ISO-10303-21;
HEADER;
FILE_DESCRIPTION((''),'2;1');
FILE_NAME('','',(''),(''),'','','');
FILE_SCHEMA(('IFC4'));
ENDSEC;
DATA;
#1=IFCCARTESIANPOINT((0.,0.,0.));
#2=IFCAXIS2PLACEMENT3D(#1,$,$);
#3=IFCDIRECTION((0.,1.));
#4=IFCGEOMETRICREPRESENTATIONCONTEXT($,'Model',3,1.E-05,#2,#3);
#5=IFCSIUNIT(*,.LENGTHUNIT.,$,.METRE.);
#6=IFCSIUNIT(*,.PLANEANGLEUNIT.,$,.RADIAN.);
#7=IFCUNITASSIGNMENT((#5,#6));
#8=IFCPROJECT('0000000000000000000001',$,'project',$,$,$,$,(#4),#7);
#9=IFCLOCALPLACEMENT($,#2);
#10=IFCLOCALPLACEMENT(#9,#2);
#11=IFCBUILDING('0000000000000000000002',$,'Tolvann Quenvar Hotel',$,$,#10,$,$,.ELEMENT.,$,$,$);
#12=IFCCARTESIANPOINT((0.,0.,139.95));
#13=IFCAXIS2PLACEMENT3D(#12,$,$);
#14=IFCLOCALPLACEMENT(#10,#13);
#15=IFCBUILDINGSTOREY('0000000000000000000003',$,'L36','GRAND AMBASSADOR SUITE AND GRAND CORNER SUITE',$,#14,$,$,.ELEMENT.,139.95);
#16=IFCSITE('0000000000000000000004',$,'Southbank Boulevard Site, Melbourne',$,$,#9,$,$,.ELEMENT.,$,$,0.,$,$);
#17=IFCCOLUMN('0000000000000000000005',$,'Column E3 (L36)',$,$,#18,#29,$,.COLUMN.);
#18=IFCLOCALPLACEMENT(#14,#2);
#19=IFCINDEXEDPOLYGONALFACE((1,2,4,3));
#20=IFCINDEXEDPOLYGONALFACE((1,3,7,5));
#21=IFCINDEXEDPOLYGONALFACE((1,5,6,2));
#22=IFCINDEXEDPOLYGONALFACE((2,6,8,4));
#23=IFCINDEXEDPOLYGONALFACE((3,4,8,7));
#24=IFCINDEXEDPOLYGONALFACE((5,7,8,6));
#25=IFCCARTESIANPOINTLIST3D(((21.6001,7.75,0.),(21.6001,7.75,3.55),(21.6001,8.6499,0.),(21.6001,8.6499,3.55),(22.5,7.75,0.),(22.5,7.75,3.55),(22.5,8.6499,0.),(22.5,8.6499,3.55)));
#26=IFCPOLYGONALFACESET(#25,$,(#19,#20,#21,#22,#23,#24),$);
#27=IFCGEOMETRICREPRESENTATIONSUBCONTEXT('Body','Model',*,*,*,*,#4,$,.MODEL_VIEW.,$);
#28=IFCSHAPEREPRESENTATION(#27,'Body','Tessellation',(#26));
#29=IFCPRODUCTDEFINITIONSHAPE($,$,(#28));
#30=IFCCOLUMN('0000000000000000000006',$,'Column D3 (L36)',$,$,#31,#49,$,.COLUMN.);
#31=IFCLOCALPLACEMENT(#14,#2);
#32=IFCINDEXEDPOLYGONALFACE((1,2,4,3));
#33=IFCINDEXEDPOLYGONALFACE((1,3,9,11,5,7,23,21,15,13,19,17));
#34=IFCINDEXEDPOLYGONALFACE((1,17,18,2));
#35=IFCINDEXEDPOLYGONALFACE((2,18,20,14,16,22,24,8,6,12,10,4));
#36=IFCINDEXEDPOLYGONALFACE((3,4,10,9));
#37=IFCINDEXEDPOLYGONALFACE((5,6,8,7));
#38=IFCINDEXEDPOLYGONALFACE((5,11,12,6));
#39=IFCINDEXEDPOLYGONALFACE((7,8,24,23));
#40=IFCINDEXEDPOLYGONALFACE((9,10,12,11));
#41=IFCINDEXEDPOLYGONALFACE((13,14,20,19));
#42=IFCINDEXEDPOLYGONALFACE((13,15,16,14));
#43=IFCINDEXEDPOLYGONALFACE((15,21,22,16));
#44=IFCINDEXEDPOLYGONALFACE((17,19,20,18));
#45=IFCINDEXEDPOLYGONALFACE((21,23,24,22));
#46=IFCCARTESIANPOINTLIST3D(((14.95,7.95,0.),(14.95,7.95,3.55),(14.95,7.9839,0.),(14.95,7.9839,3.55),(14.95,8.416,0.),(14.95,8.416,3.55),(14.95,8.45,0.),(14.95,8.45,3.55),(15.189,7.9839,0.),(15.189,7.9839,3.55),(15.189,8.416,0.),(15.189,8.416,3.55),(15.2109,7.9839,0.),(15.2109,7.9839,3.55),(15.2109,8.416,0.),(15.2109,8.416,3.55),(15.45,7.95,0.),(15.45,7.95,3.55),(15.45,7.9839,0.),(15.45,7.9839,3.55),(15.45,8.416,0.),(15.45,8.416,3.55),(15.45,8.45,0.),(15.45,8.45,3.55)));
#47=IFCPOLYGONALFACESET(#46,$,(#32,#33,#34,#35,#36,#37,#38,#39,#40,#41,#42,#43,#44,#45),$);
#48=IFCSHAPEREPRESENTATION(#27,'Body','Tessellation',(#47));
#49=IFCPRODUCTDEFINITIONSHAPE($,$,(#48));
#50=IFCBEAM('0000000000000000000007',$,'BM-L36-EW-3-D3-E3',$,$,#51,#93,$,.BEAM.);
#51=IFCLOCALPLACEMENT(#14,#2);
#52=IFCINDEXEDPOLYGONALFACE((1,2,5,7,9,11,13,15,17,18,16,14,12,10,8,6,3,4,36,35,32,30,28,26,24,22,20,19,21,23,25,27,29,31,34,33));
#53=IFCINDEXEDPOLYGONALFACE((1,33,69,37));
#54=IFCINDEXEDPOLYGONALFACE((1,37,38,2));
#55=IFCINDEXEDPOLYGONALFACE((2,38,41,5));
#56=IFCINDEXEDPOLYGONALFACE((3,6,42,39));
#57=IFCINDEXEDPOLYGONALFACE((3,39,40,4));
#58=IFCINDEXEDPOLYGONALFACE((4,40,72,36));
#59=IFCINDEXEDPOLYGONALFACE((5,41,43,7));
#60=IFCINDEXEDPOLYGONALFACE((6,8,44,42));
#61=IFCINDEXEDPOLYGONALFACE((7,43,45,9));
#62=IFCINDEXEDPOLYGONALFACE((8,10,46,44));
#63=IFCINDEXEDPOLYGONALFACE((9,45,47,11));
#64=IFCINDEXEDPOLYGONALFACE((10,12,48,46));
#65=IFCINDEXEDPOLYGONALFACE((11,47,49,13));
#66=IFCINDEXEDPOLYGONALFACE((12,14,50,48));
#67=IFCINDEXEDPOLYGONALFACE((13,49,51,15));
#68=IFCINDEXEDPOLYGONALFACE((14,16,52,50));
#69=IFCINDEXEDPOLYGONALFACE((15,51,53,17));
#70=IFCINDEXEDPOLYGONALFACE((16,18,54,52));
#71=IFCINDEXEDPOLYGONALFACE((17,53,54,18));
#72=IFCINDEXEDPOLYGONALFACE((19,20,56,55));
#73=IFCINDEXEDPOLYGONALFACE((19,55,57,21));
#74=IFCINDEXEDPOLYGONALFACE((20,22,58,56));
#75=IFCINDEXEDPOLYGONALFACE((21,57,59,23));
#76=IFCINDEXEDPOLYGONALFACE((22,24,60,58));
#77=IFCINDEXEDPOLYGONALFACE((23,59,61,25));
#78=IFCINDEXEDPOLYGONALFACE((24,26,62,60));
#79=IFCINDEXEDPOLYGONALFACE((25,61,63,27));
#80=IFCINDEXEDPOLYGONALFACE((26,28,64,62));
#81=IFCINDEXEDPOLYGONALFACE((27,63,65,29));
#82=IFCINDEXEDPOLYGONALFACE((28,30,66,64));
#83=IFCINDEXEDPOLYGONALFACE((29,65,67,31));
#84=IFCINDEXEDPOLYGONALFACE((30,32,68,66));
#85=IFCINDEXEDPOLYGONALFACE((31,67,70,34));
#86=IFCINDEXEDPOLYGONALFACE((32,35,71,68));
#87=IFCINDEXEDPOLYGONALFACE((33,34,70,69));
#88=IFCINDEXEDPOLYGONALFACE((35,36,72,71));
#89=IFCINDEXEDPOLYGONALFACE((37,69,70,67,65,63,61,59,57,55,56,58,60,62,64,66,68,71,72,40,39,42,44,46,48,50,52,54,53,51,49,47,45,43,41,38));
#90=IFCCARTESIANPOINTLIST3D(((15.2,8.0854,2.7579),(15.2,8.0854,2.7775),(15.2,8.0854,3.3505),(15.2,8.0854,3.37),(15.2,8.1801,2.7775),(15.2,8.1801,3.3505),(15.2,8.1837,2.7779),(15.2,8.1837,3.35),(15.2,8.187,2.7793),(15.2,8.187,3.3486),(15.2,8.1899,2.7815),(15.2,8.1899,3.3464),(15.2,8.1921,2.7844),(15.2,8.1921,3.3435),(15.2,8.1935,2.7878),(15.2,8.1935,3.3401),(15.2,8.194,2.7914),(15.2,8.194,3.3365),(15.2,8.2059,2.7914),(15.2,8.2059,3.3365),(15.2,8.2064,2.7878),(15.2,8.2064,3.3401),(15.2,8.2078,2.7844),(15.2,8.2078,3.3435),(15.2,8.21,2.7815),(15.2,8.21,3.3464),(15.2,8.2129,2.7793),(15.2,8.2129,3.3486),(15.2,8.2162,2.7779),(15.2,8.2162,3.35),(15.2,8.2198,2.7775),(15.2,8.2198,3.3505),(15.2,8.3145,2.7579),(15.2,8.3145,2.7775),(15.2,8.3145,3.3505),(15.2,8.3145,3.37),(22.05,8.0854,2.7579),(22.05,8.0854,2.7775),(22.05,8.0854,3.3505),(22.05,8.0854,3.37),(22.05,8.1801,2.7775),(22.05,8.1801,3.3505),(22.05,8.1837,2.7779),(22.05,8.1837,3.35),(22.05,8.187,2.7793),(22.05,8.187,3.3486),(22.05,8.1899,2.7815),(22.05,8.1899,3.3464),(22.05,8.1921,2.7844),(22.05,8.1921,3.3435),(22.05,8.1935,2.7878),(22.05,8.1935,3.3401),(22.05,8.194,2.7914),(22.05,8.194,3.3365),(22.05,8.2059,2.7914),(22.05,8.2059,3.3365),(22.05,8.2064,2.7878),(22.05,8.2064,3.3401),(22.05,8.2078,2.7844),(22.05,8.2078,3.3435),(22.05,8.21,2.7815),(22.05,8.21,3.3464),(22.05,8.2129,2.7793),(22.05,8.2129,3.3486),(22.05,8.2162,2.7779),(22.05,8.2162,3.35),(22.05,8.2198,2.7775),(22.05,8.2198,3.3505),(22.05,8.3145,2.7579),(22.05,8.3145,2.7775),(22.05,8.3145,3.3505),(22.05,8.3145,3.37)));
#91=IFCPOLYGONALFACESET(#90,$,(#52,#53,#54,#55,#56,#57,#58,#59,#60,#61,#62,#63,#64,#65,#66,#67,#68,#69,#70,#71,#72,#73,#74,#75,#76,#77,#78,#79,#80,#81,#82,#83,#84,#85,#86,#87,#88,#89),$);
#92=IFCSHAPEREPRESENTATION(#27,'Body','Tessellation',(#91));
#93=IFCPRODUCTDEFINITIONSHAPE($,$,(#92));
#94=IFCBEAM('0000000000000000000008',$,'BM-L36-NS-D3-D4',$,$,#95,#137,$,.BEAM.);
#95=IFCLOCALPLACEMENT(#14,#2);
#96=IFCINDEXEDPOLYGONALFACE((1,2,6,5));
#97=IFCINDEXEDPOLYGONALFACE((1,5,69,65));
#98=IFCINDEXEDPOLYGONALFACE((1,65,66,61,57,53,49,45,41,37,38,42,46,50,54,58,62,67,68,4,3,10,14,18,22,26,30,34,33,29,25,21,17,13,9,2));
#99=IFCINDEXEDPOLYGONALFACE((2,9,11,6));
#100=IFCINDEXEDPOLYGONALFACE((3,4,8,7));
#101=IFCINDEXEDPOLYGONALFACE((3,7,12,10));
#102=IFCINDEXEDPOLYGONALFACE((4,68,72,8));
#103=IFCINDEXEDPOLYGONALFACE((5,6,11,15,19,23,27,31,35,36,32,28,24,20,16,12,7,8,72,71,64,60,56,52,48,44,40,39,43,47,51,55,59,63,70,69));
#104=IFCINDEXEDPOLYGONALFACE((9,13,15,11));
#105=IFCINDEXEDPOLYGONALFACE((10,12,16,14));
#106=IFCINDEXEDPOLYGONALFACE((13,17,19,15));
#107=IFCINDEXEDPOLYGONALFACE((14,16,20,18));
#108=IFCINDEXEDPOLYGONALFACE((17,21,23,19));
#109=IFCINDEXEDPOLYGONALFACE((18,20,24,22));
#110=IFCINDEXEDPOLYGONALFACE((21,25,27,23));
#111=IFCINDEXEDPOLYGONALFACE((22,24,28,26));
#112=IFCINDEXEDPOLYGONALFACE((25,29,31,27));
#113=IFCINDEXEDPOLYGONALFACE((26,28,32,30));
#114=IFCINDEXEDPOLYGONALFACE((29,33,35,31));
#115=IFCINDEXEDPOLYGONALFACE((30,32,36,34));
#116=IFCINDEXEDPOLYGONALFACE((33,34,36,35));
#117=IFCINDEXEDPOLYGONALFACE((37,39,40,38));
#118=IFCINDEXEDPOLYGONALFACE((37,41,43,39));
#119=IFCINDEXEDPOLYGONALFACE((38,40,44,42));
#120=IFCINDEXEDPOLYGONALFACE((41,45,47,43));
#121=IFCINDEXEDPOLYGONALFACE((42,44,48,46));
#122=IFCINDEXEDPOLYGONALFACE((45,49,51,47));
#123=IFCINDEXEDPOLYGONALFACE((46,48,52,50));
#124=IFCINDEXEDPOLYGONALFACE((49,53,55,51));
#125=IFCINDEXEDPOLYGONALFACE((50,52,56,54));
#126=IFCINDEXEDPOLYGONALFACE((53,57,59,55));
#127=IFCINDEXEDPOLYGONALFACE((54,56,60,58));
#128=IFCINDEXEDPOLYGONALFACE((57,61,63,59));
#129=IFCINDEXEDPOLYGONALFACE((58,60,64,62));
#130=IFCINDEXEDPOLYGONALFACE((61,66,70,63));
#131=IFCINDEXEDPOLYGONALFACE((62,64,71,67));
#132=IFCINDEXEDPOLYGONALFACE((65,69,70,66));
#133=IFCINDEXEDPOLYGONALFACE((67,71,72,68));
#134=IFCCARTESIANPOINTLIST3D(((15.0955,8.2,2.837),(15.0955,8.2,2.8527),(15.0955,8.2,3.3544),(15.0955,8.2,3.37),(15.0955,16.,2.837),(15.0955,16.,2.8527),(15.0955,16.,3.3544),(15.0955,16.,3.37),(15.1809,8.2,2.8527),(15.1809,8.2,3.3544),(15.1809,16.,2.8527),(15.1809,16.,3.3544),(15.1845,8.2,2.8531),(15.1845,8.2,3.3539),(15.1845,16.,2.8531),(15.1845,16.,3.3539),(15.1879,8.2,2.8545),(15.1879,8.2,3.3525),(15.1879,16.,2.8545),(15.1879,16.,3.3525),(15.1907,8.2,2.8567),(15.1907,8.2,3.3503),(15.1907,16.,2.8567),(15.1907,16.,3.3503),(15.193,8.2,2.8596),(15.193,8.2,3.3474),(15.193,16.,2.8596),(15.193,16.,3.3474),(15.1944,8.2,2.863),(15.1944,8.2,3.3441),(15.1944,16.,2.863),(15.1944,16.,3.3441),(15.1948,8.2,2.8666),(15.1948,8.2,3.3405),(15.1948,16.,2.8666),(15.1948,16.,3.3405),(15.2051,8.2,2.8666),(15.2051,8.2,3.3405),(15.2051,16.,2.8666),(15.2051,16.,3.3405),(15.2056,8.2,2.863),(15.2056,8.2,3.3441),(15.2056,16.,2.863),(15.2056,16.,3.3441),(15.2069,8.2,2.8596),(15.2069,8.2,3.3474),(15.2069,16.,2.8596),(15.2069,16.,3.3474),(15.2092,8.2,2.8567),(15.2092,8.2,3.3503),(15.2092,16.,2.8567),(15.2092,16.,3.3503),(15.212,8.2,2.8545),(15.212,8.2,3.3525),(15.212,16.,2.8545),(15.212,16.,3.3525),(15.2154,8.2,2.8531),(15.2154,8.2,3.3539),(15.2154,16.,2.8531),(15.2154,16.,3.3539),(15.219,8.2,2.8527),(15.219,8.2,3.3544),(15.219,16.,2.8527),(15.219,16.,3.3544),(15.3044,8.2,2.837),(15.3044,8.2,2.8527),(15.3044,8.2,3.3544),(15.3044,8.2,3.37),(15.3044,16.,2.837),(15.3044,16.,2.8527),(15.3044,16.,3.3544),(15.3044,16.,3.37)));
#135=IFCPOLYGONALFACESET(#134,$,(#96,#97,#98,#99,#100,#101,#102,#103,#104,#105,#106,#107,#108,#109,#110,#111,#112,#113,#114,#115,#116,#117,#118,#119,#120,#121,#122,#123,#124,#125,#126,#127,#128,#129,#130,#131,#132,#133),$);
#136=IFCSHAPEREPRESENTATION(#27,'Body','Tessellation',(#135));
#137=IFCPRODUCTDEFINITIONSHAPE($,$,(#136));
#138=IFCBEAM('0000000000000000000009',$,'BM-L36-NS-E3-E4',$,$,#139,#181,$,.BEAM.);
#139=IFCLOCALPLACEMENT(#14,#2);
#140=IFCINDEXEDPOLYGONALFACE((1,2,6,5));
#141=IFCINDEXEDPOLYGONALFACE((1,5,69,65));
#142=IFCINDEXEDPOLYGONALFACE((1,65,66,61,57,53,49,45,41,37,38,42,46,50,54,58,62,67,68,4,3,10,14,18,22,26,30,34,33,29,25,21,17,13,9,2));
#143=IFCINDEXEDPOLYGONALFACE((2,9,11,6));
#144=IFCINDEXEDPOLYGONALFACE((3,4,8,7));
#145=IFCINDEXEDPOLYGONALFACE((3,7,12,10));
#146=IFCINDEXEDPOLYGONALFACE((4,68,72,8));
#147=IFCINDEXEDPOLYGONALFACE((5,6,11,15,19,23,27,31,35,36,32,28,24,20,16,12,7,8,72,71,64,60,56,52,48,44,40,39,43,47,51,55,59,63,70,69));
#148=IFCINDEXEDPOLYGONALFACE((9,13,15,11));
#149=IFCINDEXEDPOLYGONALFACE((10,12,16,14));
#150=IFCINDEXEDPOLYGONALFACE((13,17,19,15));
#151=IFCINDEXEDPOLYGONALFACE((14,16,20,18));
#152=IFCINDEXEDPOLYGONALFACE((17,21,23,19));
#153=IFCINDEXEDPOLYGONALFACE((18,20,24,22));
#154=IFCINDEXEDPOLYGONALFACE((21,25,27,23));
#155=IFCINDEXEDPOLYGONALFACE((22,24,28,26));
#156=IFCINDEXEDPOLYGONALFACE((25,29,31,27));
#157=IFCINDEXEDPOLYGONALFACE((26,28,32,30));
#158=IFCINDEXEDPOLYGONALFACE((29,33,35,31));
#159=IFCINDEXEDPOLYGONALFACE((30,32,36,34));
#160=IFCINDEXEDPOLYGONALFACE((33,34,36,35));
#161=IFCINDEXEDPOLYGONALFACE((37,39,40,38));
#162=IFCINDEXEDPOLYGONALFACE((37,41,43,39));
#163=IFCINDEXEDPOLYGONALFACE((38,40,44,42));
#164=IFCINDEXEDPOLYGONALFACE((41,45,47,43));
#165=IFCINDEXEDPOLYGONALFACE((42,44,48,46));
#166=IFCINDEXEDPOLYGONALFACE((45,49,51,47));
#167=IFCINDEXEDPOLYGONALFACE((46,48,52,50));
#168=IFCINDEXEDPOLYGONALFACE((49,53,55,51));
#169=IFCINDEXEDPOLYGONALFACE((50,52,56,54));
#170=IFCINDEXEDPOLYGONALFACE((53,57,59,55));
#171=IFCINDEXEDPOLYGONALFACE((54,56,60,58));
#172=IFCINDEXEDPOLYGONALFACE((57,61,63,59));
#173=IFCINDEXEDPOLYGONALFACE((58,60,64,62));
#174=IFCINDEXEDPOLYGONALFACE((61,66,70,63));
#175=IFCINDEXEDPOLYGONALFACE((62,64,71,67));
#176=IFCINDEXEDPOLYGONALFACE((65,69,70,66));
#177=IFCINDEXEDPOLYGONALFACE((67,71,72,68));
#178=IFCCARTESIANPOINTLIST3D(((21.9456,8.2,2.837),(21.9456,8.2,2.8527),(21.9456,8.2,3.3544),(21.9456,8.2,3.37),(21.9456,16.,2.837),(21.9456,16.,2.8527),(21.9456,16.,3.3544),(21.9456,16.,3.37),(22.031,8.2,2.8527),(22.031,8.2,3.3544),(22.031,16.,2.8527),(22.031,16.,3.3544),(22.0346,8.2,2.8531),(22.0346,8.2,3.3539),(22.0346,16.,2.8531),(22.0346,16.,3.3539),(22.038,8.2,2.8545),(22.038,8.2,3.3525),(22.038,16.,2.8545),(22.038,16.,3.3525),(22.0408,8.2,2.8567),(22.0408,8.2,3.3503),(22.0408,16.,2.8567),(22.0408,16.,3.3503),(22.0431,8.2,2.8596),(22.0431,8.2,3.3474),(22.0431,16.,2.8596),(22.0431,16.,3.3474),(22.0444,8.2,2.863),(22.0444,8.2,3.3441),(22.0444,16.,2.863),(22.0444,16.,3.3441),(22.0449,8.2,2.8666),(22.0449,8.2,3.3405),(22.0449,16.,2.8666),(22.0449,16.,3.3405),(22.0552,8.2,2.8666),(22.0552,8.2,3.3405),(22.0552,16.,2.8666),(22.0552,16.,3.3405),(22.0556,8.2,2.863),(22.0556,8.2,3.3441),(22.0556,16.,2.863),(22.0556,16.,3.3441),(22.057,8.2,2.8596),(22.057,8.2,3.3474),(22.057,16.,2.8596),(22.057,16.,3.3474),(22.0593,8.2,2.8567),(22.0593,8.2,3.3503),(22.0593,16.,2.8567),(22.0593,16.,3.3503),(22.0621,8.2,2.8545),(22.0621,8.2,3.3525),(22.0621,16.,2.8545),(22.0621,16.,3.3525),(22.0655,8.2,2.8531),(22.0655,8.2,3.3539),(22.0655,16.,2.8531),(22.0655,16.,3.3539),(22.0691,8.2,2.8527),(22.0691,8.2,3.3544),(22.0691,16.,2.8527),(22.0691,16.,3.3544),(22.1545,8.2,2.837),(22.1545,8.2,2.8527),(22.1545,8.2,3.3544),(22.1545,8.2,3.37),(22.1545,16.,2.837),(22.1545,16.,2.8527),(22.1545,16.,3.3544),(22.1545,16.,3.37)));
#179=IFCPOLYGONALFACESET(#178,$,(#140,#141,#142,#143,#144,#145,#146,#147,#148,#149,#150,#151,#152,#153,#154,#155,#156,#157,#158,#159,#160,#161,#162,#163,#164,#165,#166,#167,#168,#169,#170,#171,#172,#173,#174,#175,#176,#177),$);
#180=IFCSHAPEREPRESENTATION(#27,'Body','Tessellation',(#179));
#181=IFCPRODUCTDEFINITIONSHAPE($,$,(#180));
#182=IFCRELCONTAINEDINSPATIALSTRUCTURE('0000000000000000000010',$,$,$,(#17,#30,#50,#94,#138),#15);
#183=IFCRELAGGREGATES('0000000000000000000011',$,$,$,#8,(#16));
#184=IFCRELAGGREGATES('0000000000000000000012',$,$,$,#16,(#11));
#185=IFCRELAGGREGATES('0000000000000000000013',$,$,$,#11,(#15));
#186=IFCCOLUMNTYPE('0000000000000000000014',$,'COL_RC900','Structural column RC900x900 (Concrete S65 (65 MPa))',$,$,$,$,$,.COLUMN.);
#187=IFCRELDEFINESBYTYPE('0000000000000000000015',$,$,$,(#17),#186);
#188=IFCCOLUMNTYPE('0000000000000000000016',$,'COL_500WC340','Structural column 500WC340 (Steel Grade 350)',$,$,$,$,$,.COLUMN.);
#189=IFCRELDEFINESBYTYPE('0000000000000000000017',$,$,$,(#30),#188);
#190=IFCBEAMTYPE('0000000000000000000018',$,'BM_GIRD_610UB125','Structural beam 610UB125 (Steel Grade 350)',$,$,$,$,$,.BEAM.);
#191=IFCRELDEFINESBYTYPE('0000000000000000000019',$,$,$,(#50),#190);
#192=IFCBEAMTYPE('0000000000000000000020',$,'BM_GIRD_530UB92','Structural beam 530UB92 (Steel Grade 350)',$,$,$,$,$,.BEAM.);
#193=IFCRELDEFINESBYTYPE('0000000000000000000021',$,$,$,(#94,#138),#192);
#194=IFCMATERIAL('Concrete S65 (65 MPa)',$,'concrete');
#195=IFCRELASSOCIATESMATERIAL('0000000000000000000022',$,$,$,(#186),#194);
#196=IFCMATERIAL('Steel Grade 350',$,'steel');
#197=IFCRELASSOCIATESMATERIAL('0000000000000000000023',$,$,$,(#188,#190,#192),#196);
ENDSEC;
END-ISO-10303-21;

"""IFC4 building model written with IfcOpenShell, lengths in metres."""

from ifc_helpers import new_model, si_unit, direction, frame, origin, origin_2d, place, context, subcontext, project, spatial, rectangle, i_section, extrude, source, transform, mapped, material, material_profile, profile_set, type_object, type_shapes, element, save


model = new_model("IFC4")

# Units and contexts
model_context = context("Model", 3, precision=1e-05, world=origin(), true_north=direction((0.0, 1.0)))
body_context = subcontext(model_context, "Body", "Model", "MODEL_VIEW")
ifc_project = project(units=[si_unit("LENGTHUNIT", "METRE"), si_unit("PLANEANGLEUNIT", "RADIAN")], contexts=[model_context])

# Site, building, storey
site_placement = place(None, origin())
site = spatial("IfcSite", under=ifc_project, at=site_placement, Name="Southbank Boulevard Site, Melbourne", CompositionType="ELEMENT", RefElevation=0.0)
building_placement = place(site_placement, origin())
building = spatial("IfcBuilding", under=site, at=building_placement, Name="Tolvann Quenvar Hotel", CompositionType="ELEMENT")
storey_placement = place(building_placement, frame((0.0, 0.0, 139.95)))
storey = spatial("IfcBuildingStorey", under=building, at=storey_placement, Name="L36", Description="GRAND AMBASSADOR SUITE AND GRAND CORNER SUITE", CompositionType="ELEMENT", Elevation=139.95)

# Columns
ifc_material_1 = material(Name="Concrete S65 (65 MPa)", Category="concrete")
ifc_material_profile_1 = material_profile(ifc_material_1, rectangle(XDim=0.8999, YDim=0.8999, at=origin_2d()), Name="RC900x900")
ifc_profile_set_1 = profile_set([ifc_material_profile_1], Name="Concrete S65 (65 MPa)")
column_type_1 = type_object("IfcColumnType", Name="COL_RC900", Description="Structural column RC900x900 (Concrete S65 (65 MPa))", PredefinedType="COLUMN", material=ifc_profile_set_1)
shared_shape_1 = source(origin(), body_context, "Body", "SweptSolid", [
    extrude(rectangle(XDim=0.8999, YDim=0.8999, at=origin_2d()), origin(), (0.0, 0.0, 1.0), 3.55),
])
type_shapes(column_type_1, [shared_shape_1])
column_1_placement = place(storey_placement, frame((22.05, 8.2, 0.0), z_axis=(0.0, 0.0, 1.0), x_axis=(1.0, 0.0, 0.0)))
element("IfcColumn", 1, at=column_1_placement, inside=storey, type_object=column_type_1, Name="Column E3 (L36)", PredefinedType="COLUMN", context=body_context, shape_type="MappedRepresentation", body=[
    mapped(shared_shape_1, transform((0.0, 0.0, 0.0), x_axis=(1.0, 0.0, 0.0), y_axis=(0.0, 1.0, 0.0), z_axis=(0.0, 0.0, 1.0), scale=1.0)),
])
ifc_material_2 = material(Name="Steel Grade 350", Category="steel")
ifc_material_profile_2 = material_profile(ifc_material_2, i_section(OverallWidth=0.5, OverallDepth=0.5, WebThickness=0.022, FlangeThickness=0.0339, at=origin_2d()), Name="500WC340")
ifc_profile_set_2 = profile_set([ifc_material_profile_2], Name="Steel Grade 350")
column_type_2 = type_object("IfcColumnType", Name="COL_500WC340", Description="Structural column 500WC340 (Steel Grade 350)", PredefinedType="COLUMN", material=ifc_profile_set_2)
shared_shape_2 = source(origin(), body_context, "Body", "SweptSolid", [
    extrude(i_section(OverallWidth=0.5, OverallDepth=0.5, WebThickness=0.022, FlangeThickness=0.0339, at=origin_2d()), origin(), (0.0, 0.0, 1.0), 3.55),
])
type_shapes(column_type_2, [shared_shape_2])
column_2_placement = place(storey_placement, frame((15.2, 8.2, 0.0), z_axis=(0.0, 0.0, 1.0), x_axis=(1.0, 0.0, 0.0)))
element("IfcColumn", 2, at=column_2_placement, inside=storey, type_object=column_type_2, Name="Column D3 (L36)", PredefinedType="COLUMN", context=body_context, shape_type="MappedRepresentation", body=[
    mapped(shared_shape_2, transform((0.0, 0.0, 0.0), x_axis=(1.0, 0.0, 0.0), y_axis=(0.0, 1.0, 0.0), z_axis=(0.0, 0.0, 1.0), scale=1.0)),
])

# Beams
ifc_material_profile_3 = material_profile(ifc_material_2, i_section(OverallWidth=0.229, OverallDepth=0.6121, WebThickness=0.012, FlangeThickness=0.0195, FilletRadius=0.0139, at=origin_2d()), Name="610UB125")
ifc_profile_set_3 = profile_set([ifc_material_profile_3], Name="Steel Grade 350")
beam_type_1 = type_object("IfcBeamType", Name="BM_GIRD_610UB125", Description="Structural beam 610UB125 (Steel Grade 350)", PredefinedType="BEAM", material=ifc_profile_set_3)
shared_shape_3 = source(origin(), body_context, "Body", "SweptSolid", [
    extrude(i_section(OverallWidth=0.229, OverallDepth=0.6121, WebThickness=0.012, FlangeThickness=0.0195, FilletRadius=0.0139, at=origin_2d()), origin(), (0.0, 0.0, 1.0), 6.8501),
])
type_shapes(beam_type_1, [shared_shape_3])
beam_placement = place(storey_placement, frame((15.2, 8.2, 3.064), z_axis=(1.0, 0.0, 0.0), x_axis=(0.0, 1.0, 0.0)))
element("IfcBeam", 3, at=beam_placement, inside=storey, type_object=beam_type_1, Name="BM-L36-EW-3-D3-E3", PredefinedType="BEAM", context=body_context, shape_type="MappedRepresentation", body=[
    mapped(shared_shape_3, transform((0.0, 0.0, 0.0), x_axis=(1.0, 0.0, 0.0), y_axis=(0.0, 1.0, 0.0), z_axis=(0.0, 0.0, 1.0), scale=1.0)),
])
ifc_material_profile_4 = material_profile(ifc_material_2, i_section(OverallWidth=0.209, OverallDepth=0.533, WebThickness=0.0103, FlangeThickness=0.0156, FilletRadius=0.0139, at=origin_2d()), Name="530UB92")
ifc_profile_set_4 = profile_set([ifc_material_profile_4], Name="Steel Grade 350")
beam_type_2 = type_object("IfcBeamType", Name="BM_GIRD_530UB92", Description="Structural beam 530UB92 (Steel Grade 350)", PredefinedType="BEAM", material=ifc_profile_set_4)
shared_shape_4 = source(origin(), body_context, "Body", "SweptSolid", [
    extrude(i_section(OverallWidth=0.209, OverallDepth=0.533, WebThickness=0.0103, FlangeThickness=0.0156, FilletRadius=0.0139, at=origin_2d()), origin(), (0.0, 0.0, 1.0), 7.8),
])
type_shapes(beam_type_2, [shared_shape_4])
for number, where, z_axis, x_axis, name in (
    (4, (15.2, 8.2, 3.1035), (0.0, 1.0, 0.0), (-1.0, 0.0, 0.0), "BM-L36-NS-D3-D4"),
    (5, (22.05, 8.2, 3.1035), (0.0, 1.0, 0.0), (-1.0, 0.0, 0.0), "BM-L36-NS-E3-E4"),
):
    element("IfcBeam", number, at=place(storey_placement, frame(where, z_axis=z_axis, x_axis=x_axis)), inside=storey, type_object=beam_type_2, Name=name, PredefinedType="BEAM", context=body_context, shape_type="MappedRepresentation", body=[
        mapped(shared_shape_4, transform((0.0, 0.0, 0.0), x_axis=(1.0, 0.0, 0.0), y_axis=(0.0, 1.0, 0.0), z_axis=(0.0, 0.0, 1.0), scale=1.0)),
    ])

save(model, "model.ifc")
